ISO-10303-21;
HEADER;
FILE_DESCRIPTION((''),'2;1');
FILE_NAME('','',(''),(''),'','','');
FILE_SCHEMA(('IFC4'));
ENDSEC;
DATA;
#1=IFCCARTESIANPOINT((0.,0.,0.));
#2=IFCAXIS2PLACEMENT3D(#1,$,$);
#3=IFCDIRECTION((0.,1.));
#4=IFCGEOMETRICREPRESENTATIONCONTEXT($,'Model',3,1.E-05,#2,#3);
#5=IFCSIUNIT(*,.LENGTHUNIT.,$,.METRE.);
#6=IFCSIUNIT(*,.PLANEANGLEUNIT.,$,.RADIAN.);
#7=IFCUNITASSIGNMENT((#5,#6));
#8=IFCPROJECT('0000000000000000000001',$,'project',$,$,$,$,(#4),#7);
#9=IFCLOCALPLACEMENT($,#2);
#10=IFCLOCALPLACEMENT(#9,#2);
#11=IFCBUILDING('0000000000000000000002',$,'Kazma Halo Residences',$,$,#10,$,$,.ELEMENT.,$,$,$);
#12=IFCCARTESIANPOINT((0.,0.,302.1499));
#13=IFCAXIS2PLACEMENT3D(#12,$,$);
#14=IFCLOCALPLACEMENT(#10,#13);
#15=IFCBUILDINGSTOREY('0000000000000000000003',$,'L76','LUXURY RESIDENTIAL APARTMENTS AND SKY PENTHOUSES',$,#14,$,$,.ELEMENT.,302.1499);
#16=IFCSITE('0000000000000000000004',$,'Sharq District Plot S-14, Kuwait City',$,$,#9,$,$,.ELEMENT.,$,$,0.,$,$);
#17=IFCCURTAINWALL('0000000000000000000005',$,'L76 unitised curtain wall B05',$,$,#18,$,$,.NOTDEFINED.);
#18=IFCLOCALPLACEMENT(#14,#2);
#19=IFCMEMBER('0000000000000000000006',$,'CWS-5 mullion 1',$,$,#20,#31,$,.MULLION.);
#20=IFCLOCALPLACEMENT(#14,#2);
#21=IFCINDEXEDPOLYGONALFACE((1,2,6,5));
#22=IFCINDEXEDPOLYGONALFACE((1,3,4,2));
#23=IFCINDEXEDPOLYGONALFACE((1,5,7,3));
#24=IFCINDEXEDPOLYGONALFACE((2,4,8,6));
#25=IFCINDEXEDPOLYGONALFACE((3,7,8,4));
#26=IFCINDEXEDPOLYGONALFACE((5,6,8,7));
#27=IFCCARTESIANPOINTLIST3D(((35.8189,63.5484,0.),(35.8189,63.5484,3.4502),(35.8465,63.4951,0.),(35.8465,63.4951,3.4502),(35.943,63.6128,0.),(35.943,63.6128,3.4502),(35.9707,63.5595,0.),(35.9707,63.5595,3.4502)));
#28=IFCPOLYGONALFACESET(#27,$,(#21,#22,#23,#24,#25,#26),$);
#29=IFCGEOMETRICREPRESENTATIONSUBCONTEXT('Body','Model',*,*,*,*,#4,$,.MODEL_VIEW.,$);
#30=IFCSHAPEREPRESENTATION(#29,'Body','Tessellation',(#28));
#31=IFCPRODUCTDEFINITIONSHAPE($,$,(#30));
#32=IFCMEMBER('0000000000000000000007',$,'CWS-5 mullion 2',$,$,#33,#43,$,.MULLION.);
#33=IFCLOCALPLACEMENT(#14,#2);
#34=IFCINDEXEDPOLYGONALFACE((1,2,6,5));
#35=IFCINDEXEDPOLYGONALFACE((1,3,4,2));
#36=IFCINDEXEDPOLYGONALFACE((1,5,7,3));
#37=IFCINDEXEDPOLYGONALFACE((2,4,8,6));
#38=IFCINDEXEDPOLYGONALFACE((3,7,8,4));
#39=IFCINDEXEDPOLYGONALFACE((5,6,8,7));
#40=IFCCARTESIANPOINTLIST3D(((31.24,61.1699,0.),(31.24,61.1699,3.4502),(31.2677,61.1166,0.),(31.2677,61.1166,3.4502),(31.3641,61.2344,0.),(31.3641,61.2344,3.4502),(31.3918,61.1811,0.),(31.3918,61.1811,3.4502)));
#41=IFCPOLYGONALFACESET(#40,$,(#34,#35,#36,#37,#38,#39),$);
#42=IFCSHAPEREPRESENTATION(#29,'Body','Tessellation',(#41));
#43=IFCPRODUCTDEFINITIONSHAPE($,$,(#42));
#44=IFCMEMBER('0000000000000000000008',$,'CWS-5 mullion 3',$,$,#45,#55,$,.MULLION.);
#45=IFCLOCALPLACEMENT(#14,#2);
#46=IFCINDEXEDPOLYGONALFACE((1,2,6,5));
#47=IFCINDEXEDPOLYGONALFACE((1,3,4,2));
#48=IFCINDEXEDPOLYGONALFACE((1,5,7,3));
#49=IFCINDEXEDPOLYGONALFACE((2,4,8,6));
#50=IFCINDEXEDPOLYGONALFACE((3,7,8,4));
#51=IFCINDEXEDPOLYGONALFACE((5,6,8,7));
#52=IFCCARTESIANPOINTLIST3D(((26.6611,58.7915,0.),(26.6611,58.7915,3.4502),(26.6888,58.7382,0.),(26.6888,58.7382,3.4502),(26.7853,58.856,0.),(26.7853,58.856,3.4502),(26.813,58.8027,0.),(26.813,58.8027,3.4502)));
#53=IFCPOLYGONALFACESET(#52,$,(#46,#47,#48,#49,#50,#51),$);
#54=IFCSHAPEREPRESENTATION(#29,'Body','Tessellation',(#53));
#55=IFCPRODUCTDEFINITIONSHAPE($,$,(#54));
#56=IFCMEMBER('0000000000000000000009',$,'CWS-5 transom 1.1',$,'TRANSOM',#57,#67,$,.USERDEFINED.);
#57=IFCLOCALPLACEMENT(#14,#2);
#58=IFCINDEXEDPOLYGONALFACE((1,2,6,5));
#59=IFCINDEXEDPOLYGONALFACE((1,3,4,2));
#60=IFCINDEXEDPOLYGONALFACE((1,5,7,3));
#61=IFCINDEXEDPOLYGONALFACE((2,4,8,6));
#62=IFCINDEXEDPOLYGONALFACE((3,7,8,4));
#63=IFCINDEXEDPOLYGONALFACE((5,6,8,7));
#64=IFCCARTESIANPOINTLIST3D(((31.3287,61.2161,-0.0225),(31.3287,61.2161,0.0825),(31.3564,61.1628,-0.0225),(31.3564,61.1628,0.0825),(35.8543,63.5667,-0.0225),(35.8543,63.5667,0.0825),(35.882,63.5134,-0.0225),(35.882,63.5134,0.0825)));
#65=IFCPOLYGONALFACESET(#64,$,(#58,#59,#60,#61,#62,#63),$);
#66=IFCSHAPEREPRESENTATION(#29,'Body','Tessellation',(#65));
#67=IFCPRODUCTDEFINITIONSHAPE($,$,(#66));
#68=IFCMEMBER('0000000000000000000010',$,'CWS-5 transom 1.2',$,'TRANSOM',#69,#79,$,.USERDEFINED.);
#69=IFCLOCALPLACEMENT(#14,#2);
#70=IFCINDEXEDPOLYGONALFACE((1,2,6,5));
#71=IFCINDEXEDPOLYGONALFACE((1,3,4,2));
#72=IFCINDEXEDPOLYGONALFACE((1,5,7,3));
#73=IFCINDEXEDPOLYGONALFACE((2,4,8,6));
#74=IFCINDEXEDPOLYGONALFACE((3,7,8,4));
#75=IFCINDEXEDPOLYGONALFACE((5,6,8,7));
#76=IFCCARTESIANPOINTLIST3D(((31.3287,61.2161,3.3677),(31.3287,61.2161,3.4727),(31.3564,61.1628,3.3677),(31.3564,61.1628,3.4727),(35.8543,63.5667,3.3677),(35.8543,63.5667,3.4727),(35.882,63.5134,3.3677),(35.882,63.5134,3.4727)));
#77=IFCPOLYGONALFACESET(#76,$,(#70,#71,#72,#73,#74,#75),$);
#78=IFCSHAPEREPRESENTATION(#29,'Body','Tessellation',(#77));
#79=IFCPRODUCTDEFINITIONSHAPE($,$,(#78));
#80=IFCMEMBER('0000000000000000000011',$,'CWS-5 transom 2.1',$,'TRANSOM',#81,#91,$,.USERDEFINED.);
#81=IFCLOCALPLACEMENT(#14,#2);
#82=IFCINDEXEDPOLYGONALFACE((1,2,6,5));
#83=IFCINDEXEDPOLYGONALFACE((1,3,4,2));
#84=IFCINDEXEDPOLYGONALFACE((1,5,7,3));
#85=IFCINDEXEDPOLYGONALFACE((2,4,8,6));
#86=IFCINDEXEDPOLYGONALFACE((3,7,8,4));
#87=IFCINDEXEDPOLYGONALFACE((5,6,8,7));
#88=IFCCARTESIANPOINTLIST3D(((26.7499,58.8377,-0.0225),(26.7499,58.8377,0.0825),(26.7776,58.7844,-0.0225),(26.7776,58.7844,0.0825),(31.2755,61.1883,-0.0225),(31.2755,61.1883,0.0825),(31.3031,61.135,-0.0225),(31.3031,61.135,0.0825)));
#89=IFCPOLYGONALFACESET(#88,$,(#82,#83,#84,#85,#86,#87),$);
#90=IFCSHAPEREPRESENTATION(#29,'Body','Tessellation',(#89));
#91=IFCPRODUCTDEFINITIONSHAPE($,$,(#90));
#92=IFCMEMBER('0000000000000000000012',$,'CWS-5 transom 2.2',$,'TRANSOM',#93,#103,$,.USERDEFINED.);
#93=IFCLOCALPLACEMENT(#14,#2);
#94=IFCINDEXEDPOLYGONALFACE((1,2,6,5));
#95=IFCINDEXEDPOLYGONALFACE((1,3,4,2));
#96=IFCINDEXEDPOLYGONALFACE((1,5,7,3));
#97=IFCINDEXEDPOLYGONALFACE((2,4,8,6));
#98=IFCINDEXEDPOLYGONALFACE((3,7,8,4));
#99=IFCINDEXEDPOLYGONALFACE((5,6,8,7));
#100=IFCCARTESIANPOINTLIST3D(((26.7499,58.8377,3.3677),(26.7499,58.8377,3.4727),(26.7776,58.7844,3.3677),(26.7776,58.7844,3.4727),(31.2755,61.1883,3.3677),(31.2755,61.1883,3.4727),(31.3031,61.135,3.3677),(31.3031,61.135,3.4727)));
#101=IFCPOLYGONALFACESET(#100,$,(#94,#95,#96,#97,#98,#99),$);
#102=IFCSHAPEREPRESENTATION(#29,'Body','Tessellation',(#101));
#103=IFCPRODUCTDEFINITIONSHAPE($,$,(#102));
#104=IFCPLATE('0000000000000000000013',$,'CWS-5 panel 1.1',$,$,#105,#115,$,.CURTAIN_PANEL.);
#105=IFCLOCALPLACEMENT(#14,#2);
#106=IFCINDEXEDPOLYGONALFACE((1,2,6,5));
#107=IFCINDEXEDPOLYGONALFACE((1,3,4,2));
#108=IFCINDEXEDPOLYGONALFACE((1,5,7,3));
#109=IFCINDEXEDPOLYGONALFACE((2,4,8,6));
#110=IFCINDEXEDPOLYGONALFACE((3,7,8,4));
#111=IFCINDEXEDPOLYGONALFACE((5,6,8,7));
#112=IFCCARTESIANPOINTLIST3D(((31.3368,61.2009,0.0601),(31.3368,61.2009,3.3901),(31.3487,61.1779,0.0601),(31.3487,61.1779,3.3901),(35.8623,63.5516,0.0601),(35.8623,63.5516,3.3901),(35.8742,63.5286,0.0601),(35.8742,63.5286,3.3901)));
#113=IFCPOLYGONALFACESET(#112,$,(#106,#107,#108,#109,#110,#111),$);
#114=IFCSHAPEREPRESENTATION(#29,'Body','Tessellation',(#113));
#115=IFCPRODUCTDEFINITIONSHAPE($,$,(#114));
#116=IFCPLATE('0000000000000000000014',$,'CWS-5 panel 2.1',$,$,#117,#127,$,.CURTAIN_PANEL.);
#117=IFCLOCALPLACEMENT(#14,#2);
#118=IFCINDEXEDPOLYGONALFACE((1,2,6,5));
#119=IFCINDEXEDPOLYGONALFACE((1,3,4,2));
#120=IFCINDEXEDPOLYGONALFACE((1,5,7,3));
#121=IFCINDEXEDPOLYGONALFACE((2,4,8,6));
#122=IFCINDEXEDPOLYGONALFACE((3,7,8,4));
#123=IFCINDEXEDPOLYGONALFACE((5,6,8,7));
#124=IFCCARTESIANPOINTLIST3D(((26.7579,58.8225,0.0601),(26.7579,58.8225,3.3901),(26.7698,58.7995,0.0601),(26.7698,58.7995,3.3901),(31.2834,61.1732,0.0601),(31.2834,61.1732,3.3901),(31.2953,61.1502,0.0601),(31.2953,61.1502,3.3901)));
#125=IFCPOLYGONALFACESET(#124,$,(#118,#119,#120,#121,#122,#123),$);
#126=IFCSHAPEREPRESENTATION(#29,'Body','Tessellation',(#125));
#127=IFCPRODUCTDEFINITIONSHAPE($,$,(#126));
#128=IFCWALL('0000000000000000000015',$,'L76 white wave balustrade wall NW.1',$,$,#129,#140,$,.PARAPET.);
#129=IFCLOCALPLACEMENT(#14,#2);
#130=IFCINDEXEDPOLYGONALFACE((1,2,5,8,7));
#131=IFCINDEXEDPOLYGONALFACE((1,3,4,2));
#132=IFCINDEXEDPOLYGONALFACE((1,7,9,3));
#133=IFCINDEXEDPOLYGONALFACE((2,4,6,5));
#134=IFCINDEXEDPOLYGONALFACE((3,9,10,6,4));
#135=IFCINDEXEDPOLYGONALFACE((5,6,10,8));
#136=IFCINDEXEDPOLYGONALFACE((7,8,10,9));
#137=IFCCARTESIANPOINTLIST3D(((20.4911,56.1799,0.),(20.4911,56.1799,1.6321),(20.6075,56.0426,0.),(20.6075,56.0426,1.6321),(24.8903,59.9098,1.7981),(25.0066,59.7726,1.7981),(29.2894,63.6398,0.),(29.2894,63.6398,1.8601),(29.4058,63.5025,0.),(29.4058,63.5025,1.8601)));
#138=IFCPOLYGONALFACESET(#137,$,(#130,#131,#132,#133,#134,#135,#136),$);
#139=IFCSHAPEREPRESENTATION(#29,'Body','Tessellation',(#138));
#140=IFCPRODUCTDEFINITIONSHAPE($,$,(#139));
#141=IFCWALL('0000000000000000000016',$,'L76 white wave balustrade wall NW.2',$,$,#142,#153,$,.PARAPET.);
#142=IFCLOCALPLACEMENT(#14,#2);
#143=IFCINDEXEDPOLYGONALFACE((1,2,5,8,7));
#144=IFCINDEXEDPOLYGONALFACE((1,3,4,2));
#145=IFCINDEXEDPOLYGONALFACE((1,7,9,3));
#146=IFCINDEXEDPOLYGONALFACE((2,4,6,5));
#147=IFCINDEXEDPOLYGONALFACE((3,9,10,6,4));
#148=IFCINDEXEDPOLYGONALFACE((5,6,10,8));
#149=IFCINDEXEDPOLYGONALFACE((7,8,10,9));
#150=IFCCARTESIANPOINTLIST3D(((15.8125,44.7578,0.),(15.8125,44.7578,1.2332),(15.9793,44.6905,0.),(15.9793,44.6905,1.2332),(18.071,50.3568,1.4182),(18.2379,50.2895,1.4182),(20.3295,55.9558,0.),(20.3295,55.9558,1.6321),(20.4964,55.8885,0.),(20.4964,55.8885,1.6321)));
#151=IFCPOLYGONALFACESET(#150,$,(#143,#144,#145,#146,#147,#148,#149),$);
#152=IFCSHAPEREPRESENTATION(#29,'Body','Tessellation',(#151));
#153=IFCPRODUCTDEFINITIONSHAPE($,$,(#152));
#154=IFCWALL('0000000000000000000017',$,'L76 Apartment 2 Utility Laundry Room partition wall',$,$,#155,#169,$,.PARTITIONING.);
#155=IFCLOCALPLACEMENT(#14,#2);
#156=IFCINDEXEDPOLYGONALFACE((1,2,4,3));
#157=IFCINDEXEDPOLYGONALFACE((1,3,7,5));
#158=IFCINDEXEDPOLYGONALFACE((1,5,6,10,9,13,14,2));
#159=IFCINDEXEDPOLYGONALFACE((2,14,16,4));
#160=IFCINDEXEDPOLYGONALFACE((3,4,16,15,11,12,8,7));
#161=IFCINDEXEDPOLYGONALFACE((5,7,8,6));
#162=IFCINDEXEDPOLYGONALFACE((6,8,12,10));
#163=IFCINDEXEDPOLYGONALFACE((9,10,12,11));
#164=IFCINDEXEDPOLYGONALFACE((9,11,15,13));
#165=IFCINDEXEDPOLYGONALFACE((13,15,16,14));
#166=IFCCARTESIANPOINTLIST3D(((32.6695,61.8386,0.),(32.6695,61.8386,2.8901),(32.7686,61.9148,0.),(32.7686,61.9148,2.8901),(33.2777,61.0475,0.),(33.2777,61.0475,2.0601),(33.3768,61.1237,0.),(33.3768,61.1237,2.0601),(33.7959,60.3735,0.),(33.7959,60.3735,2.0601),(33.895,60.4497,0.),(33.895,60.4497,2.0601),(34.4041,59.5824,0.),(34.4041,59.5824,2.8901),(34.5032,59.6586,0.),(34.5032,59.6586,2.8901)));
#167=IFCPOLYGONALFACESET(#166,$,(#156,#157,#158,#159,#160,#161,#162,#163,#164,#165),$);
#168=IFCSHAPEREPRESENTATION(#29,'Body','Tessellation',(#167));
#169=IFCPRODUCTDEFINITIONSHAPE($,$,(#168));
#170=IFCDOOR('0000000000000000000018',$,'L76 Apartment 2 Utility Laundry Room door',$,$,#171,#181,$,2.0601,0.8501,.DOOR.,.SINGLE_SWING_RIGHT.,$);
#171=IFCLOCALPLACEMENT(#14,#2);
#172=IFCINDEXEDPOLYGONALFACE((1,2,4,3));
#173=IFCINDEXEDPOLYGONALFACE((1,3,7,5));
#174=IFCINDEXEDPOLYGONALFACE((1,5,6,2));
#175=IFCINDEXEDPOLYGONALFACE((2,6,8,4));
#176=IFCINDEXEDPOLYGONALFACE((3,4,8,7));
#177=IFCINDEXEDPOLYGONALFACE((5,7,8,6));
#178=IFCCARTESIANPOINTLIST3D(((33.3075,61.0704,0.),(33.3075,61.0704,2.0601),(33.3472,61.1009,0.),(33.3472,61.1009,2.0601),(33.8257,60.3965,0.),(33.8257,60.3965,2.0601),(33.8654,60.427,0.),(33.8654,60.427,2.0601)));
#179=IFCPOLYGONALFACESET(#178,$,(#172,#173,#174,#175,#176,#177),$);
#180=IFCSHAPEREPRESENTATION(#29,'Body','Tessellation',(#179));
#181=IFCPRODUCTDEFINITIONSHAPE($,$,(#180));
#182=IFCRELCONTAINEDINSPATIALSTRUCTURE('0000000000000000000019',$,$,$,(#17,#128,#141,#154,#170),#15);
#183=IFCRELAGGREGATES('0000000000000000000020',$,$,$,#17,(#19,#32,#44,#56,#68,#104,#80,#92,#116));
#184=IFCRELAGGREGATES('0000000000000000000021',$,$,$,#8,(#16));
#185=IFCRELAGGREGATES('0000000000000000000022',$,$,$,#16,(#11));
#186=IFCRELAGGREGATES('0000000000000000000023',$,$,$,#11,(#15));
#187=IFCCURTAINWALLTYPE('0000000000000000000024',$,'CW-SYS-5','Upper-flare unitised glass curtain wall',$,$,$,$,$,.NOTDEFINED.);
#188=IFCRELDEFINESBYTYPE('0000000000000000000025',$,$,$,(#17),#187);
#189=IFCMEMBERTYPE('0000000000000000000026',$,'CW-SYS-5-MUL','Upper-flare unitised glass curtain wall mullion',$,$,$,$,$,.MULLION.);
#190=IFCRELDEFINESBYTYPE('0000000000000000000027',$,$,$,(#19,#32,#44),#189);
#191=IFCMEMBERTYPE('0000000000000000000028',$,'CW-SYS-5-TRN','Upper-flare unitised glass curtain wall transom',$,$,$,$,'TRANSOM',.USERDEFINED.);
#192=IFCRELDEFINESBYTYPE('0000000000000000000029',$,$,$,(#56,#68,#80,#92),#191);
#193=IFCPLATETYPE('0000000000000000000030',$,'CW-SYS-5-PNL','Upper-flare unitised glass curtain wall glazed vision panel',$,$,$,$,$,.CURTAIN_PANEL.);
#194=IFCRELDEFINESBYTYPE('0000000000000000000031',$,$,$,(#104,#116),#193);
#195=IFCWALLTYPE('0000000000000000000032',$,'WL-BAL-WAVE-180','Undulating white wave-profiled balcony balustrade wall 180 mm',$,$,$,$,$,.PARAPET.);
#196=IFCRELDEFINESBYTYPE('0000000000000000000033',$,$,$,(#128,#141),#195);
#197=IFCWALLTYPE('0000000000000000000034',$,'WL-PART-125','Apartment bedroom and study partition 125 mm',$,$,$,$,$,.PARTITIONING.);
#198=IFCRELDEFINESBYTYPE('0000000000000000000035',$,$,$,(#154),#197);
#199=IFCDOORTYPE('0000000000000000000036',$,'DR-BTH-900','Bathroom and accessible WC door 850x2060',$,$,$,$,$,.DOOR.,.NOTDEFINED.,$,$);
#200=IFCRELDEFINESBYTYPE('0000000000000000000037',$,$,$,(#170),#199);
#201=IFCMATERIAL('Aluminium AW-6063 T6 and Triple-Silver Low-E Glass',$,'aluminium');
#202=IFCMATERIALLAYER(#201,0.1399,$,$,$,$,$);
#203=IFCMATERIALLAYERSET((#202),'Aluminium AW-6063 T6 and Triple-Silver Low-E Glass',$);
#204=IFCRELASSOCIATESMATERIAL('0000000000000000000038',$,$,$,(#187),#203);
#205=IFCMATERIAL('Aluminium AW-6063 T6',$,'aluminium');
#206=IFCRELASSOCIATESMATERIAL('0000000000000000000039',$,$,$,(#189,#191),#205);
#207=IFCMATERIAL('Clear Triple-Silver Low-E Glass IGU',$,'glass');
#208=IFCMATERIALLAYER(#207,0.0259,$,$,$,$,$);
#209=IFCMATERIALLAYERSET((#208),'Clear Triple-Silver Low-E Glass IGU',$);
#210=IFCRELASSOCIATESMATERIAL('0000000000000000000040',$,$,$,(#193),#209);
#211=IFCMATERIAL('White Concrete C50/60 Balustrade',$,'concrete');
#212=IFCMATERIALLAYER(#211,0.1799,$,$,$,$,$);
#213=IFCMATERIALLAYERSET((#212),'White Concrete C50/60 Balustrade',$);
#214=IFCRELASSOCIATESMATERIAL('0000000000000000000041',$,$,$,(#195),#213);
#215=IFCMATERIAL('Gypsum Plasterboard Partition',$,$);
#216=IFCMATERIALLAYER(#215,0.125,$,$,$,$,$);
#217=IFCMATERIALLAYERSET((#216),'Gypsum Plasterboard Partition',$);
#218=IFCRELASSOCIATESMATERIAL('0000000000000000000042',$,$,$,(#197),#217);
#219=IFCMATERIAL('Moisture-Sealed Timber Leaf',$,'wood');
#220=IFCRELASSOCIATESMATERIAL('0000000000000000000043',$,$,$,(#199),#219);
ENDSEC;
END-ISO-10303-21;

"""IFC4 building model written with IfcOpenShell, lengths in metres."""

from ifc_helpers import new_model, si_unit, direction, frame, frame_2d, origin, origin_2d, place, context, subcontext, project, spatial, polyline, rectangle, outline, extrude, material, layer, layer_set, material_profile, profile_set, type_object, element, fill, aggregate, save


model = new_model("IFC4")

# Units and contexts
model_context = context("Model", 3, precision=1e-05, world=origin(), true_north=direction((0.0, 1.0)))
body_context = subcontext(model_context, "Body", "Model", "MODEL_VIEW")
ifc_project = project(units=[si_unit("LENGTHUNIT", "METRE"), si_unit("PLANEANGLEUNIT", "RADIAN")], contexts=[model_context])

# Site, building, storey
site_placement = place(None, origin())
site = spatial("IfcSite", under=ifc_project, at=site_placement, Name="Sharq District Plot S-14, Kuwait City", CompositionType="ELEMENT", RefElevation=0.0)
building_placement = place(site_placement, origin())
building = spatial("IfcBuilding", under=site, at=building_placement, Name="Kazma Halo Residences", CompositionType="ELEMENT")
storey_placement = place(building_placement, frame((0.0, 0.0, 302.1499)))
storey = spatial("IfcBuildingStorey", under=building, at=storey_placement, Name="L76", Description="LUXURY RESIDENTIAL APARTMENTS AND SKY PENTHOUSES", CompositionType="ELEMENT", Elevation=302.1499)

# Curtain wall, members, plates
ifc_material_1 = material(Name="Aluminium AW-6063 T6 and Triple-Silver Low-E Glass", Category="aluminium")
ifc_layer_1 = layer(ifc_material_1, 0.1399)
ifc_layer_set_1 = layer_set([ifc_layer_1], Name="Aluminium AW-6063 T6 and Triple-Silver Low-E Glass")
curtain_wall_type = type_object("IfcCurtainWallType", Name="CW-SYS-5", Description="Upper-flare unitised glass curtain wall", PredefinedType="NOTDEFINED", material=ifc_layer_set_1)
curtain_wall_placement = place(storey_placement, origin())
curtain_wall = element("IfcCurtainWall", 1, at=curtain_wall_placement, inside=storey, type_object=curtain_wall_type, Name="L76 unitised curtain wall B05", PredefinedType="NOTDEFINED")
ifc_material_2 = material(Name="Aluminium AW-6063 T6", Category="aluminium")
ifc_material_profile_1 = material_profile(ifc_material_2, rectangle(XDim=0.0601, YDim=0.1399, at=origin_2d()), Name="CWM-60x140")
ifc_profile_set_1 = profile_set([ifc_material_profile_1], Name="Aluminium AW-6063 T6")
member_type_1 = type_object("IfcMemberType", Name="CW-SYS-5-MUL", Description="Upper-flare unitised glass curtain wall mullion", PredefinedType="MULLION", material=ifc_profile_set_1)
member_1_placement = place(storey_placement, frame((35.8948, 63.554, 0.0), z_axis=(0.0, 0.0, 1.0), x_axis=(0.460961, -0.887421, 0.0)))
member_1 = element("IfcMember", 2, at=member_1_placement, type_object=member_type_1, Name="CWS-5 mullion 1", PredefinedType="MULLION", context=body_context, shape_type="SweptSolid", body=[
    extrude(rectangle(XDim=0.0601, YDim=0.1399, at=origin_2d()), origin(), (0.0, 0.0, 1.0), 3.4502),
])
member_2_placement = place(storey_placement, frame((31.3159, 61.1755, 0.0), z_axis=(0.0, 0.0, 1.0), x_axis=(0.460961, -0.887421, 0.0)))
member_2 = element("IfcMember", 3, at=member_2_placement, type_object=member_type_1, Name="CWS-5 mullion 2", PredefinedType="MULLION", context=body_context, shape_type="SweptSolid", body=[
    extrude(rectangle(XDim=0.0601, YDim=0.1399, at=origin_2d()), origin(), (0.0, 0.0, 1.0), 3.4502),
])
member_3_placement = place(storey_placement, frame((26.7371, 58.7971, 0.0), z_axis=(0.0, 0.0, 1.0), x_axis=(0.460961, -0.887421, 0.0)))
member_3 = element("IfcMember", 4, at=member_3_placement, type_object=member_type_1, Name="CWS-5 mullion 3", PredefinedType="MULLION", context=body_context, shape_type="SweptSolid", body=[
    extrude(rectangle(XDim=0.0601, YDim=0.1399, at=origin_2d()), origin(), (0.0, 0.0, 1.0), 3.4502),
])
ifc_material_profile_2 = material_profile(ifc_material_2, rectangle(XDim=0.0601, YDim=0.105, at=origin_2d()), Name="CWT-60x105")
ifc_profile_set_2 = profile_set([ifc_material_profile_2], Name="Aluminium AW-6063 T6")
member_type_2 = type_object("IfcMemberType", Name="CW-SYS-5-TRN", Description="Upper-flare unitised glass curtain wall transom", ElementType="TRANSOM", PredefinedType="USERDEFINED", material=ifc_profile_set_2)
member_4_placement = place(storey_placement, frame((35.8682, 63.54, 0.03), z_axis=(-0.887437, -0.460929, 0.0), x_axis=(0.460929, -0.887437, 0.0)))
member_4 = element("IfcMember", 5, at=member_4_placement, type_object=member_type_2, Name="CWS-5 transom 1.1", ObjectType="TRANSOM", PredefinedType="USERDEFINED", context=body_context, shape_type="SweptSolid", body=[
    extrude(rectangle(XDim=0.0601, YDim=0.105, at=origin_2d()), origin(), (0.0, 0.0, 1.0), 5.0996),
])
member_5_placement = place(storey_placement, frame((35.8682, 63.54, 3.4202), z_axis=(-0.887437, -0.460929, 0.0), x_axis=(0.460929, -0.887437, 0.0)))
member_5 = element("IfcMember", 6, at=member_5_placement, type_object=member_type_2, Name="CWS-5 transom 1.2", ObjectType="TRANSOM", PredefinedType="USERDEFINED", context=body_context, shape_type="SweptSolid", body=[
    extrude(rectangle(XDim=0.0601, YDim=0.105, at=origin_2d()), origin(), (0.0, 0.0, 1.0), 5.0996),
])
member_6_placement = place(storey_placement, frame((31.2893, 61.1616, 0.03), z_axis=(-0.887437, -0.460929, 0.0), x_axis=(0.460929, -0.887437, 0.0)))
member_6 = element("IfcMember", 7, at=member_6_placement, type_object=member_type_2, Name="CWS-5 transom 2.1", ObjectType="TRANSOM", PredefinedType="USERDEFINED", context=body_context, shape_type="SweptSolid", body=[
    extrude(rectangle(XDim=0.0601, YDim=0.105, at=origin_2d()), origin(), (0.0, 0.0, 1.0), 5.0996),
])
member_7_placement = place(storey_placement, frame((31.2893, 61.1616, 3.4202), z_axis=(-0.887437, -0.460929, 0.0), x_axis=(0.460929, -0.887437, 0.0)))
member_7 = element("IfcMember", 8, at=member_7_placement, type_object=member_type_2, Name="CWS-5 transom 2.2", ObjectType="TRANSOM", PredefinedType="USERDEFINED", context=body_context, shape_type="SweptSolid", body=[
    extrude(rectangle(XDim=0.0601, YDim=0.105, at=origin_2d()), origin(), (0.0, 0.0, 1.0), 5.0996),
])
ifc_material_3 = material(Name="Clear Triple-Silver Low-E Glass IGU", Category="glass")
ifc_layer_2 = layer(ifc_material_3, 0.0259)
ifc_layer_set_2 = layer_set([ifc_layer_2], Name="Clear Triple-Silver Low-E Glass IGU")
plate_type = type_object("IfcPlateType", Name="CW-SYS-5-PNL", Description="Upper-flare unitised glass curtain wall glazed vision panel", PredefinedType="CURTAIN_PANEL", material=ifc_layer_set_2)
plate_1_placement = place(storey_placement, frame((33.6055, 62.3647, 0.0601), z_axis=(0.0, 0.0, 1.0), x_axis=(-0.887421, -0.460961, 0.0)))
plate_1 = element("IfcPlate", 9, at=plate_1_placement, type_object=plate_type, Name="CWS-5 panel 1.1", PredefinedType="CURTAIN_PANEL", context=body_context, shape_type="SweptSolid", body=[
    extrude(rectangle(XDim=5.0996, YDim=0.0259, at=origin_2d()), origin(), (0.0, 0.0, 1.0), 3.3301),
])
plate_2_placement = place(storey_placement, frame((29.0266, 59.9863, 0.0601), z_axis=(0.0, 0.0, 1.0), x_axis=(-0.887421, -0.460961, 0.0)))
plate_2 = element("IfcPlate", 10, at=plate_2_placement, type_object=plate_type, Name="CWS-5 panel 2.1", PredefinedType="CURTAIN_PANEL", context=body_context, shape_type="SweptSolid", body=[
    extrude(rectangle(XDim=5.0996, YDim=0.0259, at=origin_2d()), origin(), (0.0, 0.0, 1.0), 3.3301),
])
aggregate(curtain_wall, [member_1, member_2, member_3, member_4, member_5, plate_1, member_6, member_7, plate_2])

# Walls
ifc_material_4 = material(Name="White Concrete C50/60 Balustrade", Category="concrete")
ifc_layer_3 = layer(ifc_material_4, 0.1799)
ifc_layer_set_3 = layer_set([ifc_layer_3], Name="White Concrete C50/60 Balustrade")
wall_type_1 = type_object("IfcWallType", Name="WL-BAL-WAVE-180", Description="Undulating white wave-profiled balcony balustrade wall 180 mm", PredefinedType="PARAPET", material=ifc_layer_set_3)
wall_1_placement = place(storey_placement, frame((29.3477, 63.571, 0.0), z_axis=(0.0, 0.0, 1.0), x_axis=(-0.762736, -0.64671, 0.0)))
element("IfcWall", 11, at=wall_1_placement, inside=storey, type_object=wall_type_1, Name="L76 white wave balustrade wall NW.1", PredefinedType="PARAPET", context=body_context, shape_type="SweptSolid", body=[
    extrude(outline(polyline([(0.0, 0.0), (11.5352, 0.0), (11.5352, 1.6321), (5.7676, 1.7981), (0.0, 1.8601), (0.0, 0.0)])), frame((0.0, 0.0898, 0.0), z_axis=(0.0, -1.0, 0.0), x_axis=(1.0, 0.0, 0.0)), (0.0, 0.0, 1.0), 0.1799),
])
wall_2_placement = place(storey_placement, frame((20.4131, 55.9221, 0.0), z_axis=(0.0, 0.0, 1.0), x_axis=(-0.374094, -0.927391, 0.0)))
element("IfcWall", 12, at=wall_2_placement, inside=storey, type_object=wall_type_1, Name="L76 white wave balustrade wall NW.2", PredefinedType="PARAPET", context=body_context, shape_type="SweptSolid", body=[
    extrude(outline(polyline([(0.0, 0.0), (12.0747, 0.0), (12.0747, 1.2332), (6.0374, 1.4182), (0.0, 1.6321), (0.0, 0.0)])), frame((0.0, 0.0898, 0.0), z_axis=(0.0, -1.0, 0.0), x_axis=(1.0, 0.0, 0.0)), (0.0, 0.0, 1.0), 0.1799),
])

# Wall, opening, door
ifc_material_5 = material(Name="Gypsum Plasterboard Partition")
ifc_layer_4 = layer(ifc_material_5, 0.125)
ifc_layer_set_4 = layer_set([ifc_layer_4], Name="Gypsum Plasterboard Partition")
wall_type_2 = type_object("IfcWallType", Name="WL-PART-125", Description="Apartment bedroom and study partition 125 mm", PredefinedType="PARTITIONING", material=ifc_layer_set_4)
wall_3_placement = place(storey_placement, frame((34.4536, 59.6206, 0.0), z_axis=(0.0, 0.0, 1.0), x_axis=(-0.609524, 0.792767, 0.0)))
wall_3 = element("IfcWall", 13, at=wall_3_placement, inside=storey, type_object=wall_type_2, Name="L76 Apartment 2 Utility Laundry Room partition wall", PredefinedType="PARTITIONING", context=body_context, shape_type="SweptSolid", body=[
    extrude(rectangle(XDim=2.8459, YDim=0.125, at=frame_2d((1.4229, 0.0))), origin(), (0.0, 0.0, 1.0), 2.8901),
])
opening_1_placement = place(wall_3_placement, frame((0.9978, 0.0, 0.0)))
opening_1 = element("IfcOpeningElement", 14, at=opening_1_placement, cuts=wall_3, PredefinedType="OPENING", context=body_context, shape_type="SweptSolid", body=[
    extrude(rectangle(XDim=0.8501, YDim=2.0601, at=frame_2d((0.425, 1.03))), frame((0.0, 0.0725, 0.0), z_axis=(0.0, -1.0, 0.0), x_axis=(1.0, 0.0, 0.0)), (0.0, 0.0, 1.0), 0.145),
])
ifc_material_6 = material(Name="Moisture-Sealed Timber Leaf", Category="wood")
door_type_1 = type_object("IfcDoorType", Name="DR-BTH-900", Description="Bathroom and accessible WC door 850x2060", OperationType="NOTDEFINED", PredefinedType="DOOR", material=ifc_material_6)
door_1_placement = place(opening_1_placement, origin())
door_1 = element("IfcDoor", 15, at=door_1_placement, inside=storey, type_object=door_type_1, Name="L76 Apartment 2 Utility Laundry Room door", OperationType="SINGLE_SWING_RIGHT", OverallHeight=2.0601, OverallWidth=0.8501, PredefinedType="DOOR", context=body_context, shape_type="SweptSolid", body=[
    extrude(rectangle(XDim=0.8501, YDim=2.0601, at=frame_2d((0.425, 1.03))), frame((0.0, 0.0249, 0.0), z_axis=(0.0, -1.0, 0.0), x_axis=(1.0, 0.0, 0.0)), (0.0, 0.0, 1.0), 0.05),
])
fill(opening_1, door_1)

save(model, "model.ifc")
